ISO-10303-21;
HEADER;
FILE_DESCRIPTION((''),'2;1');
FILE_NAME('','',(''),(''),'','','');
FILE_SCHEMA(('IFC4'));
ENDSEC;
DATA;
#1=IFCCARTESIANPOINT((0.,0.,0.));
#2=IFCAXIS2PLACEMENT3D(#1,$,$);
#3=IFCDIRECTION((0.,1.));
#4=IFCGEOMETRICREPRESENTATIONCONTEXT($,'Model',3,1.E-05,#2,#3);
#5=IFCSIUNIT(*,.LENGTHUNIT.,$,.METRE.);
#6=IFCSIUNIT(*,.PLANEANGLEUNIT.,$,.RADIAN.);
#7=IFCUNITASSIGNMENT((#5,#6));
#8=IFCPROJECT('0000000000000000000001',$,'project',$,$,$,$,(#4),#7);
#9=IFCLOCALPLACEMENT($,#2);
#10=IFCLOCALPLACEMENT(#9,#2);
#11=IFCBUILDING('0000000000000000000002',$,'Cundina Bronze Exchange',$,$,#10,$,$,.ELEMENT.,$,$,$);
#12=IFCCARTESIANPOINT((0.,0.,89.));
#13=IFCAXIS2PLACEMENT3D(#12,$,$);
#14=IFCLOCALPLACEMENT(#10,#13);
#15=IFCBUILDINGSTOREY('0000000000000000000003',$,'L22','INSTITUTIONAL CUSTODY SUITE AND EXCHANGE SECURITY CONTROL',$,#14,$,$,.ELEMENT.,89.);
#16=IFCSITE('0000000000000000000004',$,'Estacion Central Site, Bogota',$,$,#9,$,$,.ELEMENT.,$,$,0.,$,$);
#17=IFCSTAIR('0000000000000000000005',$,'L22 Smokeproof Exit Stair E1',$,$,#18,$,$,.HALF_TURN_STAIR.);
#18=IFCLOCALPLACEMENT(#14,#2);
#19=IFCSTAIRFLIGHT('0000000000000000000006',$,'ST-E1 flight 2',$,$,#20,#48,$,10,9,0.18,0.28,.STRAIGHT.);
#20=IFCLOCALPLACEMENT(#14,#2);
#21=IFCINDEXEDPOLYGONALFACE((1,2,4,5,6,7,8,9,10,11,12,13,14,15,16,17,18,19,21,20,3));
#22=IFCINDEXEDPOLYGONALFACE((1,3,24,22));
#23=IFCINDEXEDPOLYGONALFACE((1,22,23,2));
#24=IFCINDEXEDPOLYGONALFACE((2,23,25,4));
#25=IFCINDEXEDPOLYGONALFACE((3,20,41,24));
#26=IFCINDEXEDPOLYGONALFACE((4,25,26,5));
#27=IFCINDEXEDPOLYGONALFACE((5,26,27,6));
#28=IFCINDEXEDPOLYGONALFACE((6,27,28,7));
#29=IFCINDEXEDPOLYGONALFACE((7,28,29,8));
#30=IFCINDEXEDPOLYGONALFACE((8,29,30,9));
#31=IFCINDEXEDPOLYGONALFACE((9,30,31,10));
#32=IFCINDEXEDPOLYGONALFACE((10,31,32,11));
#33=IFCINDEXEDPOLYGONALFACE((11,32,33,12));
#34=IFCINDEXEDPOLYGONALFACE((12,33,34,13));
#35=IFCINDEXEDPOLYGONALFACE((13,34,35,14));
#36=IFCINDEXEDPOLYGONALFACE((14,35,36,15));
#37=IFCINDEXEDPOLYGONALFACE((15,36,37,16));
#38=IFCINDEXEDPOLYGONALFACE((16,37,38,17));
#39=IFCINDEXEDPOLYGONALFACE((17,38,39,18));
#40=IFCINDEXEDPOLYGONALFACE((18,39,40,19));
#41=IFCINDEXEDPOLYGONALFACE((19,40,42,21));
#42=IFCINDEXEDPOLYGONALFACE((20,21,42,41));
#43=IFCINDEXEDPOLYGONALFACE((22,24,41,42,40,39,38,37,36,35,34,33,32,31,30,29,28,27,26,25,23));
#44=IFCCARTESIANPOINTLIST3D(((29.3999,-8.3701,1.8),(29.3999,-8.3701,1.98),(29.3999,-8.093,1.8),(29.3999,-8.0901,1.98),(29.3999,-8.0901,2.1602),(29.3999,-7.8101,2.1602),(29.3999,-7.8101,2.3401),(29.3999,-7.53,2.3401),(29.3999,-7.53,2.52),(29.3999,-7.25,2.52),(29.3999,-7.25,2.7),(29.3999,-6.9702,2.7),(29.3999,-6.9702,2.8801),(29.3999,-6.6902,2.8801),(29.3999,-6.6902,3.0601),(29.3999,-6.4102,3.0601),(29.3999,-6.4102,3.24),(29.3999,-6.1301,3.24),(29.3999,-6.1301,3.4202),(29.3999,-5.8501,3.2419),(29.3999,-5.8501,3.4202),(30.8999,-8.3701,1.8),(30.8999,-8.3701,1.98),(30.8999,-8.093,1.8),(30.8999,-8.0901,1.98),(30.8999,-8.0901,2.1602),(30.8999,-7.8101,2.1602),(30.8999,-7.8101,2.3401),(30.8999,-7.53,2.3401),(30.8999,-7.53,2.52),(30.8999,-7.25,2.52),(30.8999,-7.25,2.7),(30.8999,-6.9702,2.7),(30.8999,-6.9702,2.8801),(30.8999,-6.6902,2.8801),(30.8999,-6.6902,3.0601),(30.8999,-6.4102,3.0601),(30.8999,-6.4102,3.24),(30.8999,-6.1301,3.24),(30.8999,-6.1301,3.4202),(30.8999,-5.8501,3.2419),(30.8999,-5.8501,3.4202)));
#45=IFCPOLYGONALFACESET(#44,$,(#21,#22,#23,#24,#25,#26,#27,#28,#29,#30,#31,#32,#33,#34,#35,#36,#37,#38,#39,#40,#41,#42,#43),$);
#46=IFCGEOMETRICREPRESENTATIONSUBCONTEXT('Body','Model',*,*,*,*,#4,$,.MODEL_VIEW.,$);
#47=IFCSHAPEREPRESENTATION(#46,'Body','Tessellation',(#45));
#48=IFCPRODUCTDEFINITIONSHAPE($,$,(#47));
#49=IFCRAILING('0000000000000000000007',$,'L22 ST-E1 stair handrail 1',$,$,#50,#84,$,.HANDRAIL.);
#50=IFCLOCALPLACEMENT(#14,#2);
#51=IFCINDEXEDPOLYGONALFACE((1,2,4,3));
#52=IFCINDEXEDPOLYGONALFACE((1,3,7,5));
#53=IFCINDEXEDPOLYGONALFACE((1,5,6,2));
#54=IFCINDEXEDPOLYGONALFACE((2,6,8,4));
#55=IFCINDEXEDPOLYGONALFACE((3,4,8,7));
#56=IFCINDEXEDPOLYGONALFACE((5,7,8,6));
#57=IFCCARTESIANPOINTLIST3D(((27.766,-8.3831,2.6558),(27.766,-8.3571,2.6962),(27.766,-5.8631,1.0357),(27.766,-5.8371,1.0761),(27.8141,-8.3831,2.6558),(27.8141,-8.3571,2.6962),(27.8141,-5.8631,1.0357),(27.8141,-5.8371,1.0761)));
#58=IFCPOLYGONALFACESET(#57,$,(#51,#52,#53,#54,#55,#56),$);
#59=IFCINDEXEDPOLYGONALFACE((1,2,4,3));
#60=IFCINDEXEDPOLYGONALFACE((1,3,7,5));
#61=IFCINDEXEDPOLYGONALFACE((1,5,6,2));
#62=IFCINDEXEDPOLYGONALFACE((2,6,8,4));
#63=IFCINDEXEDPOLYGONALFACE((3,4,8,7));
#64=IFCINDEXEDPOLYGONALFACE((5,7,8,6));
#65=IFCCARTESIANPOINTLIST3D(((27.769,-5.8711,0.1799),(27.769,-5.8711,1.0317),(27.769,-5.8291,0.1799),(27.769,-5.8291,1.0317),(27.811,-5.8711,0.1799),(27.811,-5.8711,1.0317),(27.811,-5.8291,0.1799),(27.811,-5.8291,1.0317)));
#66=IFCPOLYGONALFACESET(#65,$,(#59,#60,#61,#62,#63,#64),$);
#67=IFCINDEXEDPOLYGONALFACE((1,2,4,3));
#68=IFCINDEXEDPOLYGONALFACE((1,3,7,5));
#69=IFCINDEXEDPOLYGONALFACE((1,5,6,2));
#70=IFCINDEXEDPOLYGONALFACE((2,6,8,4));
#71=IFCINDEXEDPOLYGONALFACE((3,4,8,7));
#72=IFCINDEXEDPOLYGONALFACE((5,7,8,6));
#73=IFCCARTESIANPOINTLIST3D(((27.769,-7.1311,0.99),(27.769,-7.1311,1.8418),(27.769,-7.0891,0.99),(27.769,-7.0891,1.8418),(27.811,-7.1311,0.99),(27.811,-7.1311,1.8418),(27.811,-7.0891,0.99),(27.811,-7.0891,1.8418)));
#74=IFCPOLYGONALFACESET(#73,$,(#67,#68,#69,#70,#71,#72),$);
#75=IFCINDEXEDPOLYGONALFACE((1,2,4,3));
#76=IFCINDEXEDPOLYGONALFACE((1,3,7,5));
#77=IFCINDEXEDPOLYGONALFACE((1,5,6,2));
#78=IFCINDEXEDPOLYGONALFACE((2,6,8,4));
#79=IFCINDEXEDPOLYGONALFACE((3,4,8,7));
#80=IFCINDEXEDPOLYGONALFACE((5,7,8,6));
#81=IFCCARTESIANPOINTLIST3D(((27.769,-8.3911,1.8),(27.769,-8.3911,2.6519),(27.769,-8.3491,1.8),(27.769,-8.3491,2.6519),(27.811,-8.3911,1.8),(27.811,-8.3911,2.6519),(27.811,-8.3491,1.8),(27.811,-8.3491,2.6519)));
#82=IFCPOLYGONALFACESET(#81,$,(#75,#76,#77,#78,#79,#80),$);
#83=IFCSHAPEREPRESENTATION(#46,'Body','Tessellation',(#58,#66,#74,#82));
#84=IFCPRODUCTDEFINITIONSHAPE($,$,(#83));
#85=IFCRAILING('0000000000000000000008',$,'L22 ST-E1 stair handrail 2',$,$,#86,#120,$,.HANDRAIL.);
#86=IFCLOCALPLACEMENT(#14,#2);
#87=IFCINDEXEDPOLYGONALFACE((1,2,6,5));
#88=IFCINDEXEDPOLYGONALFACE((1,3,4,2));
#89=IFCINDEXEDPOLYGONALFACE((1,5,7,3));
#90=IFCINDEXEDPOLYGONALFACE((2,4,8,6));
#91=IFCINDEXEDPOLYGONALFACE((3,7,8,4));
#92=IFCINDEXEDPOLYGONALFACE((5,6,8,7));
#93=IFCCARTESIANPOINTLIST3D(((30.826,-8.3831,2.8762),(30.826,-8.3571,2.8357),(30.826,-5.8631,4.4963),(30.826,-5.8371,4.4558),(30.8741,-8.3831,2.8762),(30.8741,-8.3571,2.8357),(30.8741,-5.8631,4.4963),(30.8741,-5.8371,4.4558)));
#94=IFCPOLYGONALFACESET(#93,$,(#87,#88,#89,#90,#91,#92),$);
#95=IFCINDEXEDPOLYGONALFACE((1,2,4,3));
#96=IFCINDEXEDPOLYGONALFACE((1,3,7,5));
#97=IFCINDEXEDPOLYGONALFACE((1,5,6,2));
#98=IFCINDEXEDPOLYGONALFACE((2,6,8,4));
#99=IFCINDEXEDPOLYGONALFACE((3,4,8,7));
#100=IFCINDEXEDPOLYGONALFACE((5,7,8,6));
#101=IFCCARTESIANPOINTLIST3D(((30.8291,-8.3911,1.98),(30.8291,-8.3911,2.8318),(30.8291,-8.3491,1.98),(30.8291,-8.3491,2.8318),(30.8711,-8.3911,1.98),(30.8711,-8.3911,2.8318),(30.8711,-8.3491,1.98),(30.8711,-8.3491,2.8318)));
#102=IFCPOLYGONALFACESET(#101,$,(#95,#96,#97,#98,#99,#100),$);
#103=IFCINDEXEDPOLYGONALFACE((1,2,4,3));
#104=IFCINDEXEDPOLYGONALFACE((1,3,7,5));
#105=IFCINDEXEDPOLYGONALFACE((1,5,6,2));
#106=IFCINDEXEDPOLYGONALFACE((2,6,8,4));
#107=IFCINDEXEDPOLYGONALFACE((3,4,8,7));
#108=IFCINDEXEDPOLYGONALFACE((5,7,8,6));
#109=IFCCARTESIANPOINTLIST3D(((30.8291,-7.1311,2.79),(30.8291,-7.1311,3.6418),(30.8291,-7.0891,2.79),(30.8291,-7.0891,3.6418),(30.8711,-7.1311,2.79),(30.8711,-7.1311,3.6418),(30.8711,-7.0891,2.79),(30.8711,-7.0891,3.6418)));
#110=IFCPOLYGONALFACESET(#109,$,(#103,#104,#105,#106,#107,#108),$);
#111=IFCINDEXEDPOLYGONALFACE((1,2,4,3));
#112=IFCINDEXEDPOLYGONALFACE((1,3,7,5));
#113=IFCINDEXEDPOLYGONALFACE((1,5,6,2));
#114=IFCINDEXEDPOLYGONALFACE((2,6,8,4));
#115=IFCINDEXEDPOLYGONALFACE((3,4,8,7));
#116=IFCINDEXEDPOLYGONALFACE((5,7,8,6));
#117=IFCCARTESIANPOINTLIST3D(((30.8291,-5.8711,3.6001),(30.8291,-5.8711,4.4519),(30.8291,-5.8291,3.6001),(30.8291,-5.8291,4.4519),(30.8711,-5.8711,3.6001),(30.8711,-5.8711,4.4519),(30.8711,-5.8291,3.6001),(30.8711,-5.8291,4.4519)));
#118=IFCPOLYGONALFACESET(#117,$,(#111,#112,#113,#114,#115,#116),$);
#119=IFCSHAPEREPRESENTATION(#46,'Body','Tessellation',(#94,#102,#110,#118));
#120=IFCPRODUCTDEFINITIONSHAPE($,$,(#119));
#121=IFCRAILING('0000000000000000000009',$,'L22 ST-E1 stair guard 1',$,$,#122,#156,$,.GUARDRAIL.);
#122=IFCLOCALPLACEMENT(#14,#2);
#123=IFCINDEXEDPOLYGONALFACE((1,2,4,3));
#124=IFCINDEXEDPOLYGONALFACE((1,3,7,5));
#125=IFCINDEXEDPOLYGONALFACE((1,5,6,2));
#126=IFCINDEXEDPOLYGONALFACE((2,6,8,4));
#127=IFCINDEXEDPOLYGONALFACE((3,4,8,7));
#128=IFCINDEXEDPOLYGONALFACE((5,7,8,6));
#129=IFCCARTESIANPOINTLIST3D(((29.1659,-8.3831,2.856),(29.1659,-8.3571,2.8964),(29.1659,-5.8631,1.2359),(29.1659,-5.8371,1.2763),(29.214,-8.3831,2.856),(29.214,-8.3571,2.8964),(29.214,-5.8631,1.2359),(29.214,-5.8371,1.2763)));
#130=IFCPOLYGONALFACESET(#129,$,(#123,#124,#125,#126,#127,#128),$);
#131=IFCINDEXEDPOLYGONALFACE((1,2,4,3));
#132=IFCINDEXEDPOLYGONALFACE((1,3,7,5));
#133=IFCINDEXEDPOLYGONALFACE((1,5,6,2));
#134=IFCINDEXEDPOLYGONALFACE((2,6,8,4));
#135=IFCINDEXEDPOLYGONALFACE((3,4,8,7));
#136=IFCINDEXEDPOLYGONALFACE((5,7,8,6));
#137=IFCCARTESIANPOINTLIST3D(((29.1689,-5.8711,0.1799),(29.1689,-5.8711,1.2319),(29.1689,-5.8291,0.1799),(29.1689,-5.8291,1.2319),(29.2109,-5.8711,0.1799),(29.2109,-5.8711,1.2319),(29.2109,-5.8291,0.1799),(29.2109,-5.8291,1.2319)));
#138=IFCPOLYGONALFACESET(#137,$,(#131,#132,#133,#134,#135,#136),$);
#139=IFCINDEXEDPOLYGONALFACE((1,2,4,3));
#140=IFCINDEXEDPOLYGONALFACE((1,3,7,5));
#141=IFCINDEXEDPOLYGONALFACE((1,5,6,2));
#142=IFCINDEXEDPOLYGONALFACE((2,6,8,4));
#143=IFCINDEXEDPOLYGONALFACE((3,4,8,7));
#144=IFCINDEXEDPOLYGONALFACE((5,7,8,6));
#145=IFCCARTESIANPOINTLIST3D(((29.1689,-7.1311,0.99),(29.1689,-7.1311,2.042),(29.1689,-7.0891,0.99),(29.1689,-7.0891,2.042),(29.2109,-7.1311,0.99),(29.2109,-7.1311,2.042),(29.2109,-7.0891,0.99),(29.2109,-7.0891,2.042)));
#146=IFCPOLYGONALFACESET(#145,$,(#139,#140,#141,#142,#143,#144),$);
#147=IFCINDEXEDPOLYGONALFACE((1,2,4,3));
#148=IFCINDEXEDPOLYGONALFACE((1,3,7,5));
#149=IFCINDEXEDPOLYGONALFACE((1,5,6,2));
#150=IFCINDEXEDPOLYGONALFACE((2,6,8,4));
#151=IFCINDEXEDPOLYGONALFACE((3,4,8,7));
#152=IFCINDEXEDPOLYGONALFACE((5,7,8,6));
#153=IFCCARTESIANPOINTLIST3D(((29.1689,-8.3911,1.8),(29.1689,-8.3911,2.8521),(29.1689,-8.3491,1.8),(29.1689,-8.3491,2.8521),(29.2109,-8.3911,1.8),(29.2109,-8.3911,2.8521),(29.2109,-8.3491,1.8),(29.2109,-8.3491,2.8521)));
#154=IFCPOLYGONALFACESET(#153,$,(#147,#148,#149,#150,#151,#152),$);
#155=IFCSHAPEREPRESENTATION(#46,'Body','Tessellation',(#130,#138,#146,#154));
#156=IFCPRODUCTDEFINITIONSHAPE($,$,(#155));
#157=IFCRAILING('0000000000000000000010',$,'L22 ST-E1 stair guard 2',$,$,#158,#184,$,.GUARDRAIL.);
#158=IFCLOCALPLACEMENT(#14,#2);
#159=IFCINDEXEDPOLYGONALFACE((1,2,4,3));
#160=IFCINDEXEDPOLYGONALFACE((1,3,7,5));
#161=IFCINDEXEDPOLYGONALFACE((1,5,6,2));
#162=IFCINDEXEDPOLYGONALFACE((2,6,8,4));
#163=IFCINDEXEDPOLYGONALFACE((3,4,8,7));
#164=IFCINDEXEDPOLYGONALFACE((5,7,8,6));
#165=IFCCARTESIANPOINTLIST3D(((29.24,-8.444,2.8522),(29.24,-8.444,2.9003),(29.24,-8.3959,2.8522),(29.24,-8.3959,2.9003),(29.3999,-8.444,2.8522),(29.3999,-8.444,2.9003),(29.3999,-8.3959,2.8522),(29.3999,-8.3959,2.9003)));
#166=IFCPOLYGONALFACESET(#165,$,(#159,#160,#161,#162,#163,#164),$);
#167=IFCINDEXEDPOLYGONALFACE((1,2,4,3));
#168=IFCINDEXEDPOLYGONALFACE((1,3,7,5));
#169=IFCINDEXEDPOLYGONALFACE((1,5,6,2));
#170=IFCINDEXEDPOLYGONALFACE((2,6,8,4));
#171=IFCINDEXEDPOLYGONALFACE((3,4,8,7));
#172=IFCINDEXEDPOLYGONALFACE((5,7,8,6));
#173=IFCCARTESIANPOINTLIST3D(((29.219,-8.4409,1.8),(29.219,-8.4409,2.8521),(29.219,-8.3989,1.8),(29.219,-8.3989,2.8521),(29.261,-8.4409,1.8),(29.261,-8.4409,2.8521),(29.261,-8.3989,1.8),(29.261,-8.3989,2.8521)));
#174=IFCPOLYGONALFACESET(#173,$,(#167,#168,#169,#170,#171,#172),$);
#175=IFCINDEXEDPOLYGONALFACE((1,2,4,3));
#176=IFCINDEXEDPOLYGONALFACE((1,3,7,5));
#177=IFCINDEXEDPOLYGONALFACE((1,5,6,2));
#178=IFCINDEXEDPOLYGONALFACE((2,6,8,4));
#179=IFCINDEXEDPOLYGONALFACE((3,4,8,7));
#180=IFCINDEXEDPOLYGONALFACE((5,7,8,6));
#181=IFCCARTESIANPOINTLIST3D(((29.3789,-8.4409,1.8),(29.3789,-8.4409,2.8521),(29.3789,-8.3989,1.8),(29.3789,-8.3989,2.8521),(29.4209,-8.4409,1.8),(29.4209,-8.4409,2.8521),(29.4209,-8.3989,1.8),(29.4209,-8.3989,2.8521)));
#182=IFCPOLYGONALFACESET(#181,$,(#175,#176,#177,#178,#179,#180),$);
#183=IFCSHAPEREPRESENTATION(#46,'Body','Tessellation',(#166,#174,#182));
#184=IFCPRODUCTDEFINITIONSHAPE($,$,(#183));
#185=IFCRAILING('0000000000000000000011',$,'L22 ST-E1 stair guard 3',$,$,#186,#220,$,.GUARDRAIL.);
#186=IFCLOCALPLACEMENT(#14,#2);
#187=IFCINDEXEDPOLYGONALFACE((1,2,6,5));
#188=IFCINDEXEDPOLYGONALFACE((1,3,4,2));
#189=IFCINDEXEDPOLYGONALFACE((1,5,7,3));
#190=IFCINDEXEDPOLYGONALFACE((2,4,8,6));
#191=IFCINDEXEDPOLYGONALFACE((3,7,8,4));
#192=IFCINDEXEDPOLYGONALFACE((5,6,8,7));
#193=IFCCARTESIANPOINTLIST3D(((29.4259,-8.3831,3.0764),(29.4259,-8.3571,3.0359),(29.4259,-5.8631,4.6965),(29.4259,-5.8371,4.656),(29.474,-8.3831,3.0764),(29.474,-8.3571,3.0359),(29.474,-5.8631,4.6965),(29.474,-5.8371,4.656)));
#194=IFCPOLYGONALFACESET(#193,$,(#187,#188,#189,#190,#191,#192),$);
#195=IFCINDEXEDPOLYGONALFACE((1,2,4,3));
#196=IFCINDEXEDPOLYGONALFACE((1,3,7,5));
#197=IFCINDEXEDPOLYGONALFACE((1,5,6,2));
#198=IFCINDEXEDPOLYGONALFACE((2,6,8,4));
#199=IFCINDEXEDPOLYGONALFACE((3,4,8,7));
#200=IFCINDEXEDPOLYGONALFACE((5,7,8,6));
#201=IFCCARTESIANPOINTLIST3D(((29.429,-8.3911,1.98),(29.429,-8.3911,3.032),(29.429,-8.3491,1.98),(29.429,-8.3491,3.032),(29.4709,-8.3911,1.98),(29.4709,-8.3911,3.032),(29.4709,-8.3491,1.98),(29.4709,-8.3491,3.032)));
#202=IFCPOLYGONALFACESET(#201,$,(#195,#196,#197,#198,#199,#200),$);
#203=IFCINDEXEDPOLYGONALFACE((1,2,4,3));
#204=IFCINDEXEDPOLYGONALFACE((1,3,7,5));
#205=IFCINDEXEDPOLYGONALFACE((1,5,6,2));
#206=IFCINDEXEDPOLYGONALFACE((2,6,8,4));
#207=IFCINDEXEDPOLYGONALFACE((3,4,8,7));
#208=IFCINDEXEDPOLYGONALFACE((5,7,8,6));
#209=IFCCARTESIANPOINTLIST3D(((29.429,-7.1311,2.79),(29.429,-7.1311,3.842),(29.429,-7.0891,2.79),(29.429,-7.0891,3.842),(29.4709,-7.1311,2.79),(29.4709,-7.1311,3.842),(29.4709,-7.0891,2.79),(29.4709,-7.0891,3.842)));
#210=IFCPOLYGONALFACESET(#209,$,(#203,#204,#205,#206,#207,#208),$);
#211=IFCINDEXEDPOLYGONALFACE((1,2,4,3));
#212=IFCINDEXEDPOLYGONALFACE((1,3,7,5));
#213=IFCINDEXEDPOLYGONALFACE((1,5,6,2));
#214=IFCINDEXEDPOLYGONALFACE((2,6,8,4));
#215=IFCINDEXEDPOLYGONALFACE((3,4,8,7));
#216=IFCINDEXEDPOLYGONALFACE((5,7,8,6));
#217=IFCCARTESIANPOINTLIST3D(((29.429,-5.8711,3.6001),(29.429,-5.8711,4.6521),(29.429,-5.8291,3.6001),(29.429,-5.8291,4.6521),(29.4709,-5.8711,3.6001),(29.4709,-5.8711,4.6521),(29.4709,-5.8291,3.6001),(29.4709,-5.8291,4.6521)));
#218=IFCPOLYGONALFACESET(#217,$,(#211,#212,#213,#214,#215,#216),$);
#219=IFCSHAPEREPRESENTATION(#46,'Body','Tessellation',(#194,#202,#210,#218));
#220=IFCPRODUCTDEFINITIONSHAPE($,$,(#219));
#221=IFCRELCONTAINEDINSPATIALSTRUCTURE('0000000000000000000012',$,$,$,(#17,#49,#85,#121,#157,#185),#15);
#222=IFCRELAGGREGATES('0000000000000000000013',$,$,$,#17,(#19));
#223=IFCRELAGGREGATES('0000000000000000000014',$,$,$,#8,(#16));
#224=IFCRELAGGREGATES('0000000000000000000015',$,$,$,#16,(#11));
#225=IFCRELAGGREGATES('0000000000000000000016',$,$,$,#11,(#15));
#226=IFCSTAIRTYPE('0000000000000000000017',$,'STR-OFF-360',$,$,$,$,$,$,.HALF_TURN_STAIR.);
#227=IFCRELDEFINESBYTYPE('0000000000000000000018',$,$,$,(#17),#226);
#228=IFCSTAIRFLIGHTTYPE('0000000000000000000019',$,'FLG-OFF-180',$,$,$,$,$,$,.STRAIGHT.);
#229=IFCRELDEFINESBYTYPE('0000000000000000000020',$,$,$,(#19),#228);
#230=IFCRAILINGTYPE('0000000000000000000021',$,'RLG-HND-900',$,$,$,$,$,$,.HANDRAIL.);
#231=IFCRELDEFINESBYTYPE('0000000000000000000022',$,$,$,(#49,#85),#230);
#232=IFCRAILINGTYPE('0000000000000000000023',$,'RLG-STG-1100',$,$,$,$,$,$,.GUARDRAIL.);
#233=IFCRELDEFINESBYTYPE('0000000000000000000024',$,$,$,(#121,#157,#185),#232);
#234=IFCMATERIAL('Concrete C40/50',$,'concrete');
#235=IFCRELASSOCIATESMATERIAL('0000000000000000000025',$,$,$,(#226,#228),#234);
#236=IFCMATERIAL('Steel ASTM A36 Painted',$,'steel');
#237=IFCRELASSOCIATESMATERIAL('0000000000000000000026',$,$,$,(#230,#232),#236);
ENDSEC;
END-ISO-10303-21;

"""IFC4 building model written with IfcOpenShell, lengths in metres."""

from ifc_helpers import new_model, si_unit, direction, frame, origin, origin_2d, place, context, subcontext, project, spatial, polyline, rectangle, outline, extrude, material, type_object, element, aggregate, save


model = new_model("IFC4")

# Units and contexts
model_context = context("Model", 3, precision=1e-05, world=origin(), true_north=direction((0.0, 1.0)))
body_context = subcontext(model_context, "Body", "Model", "MODEL_VIEW")
ifc_project = project(units=[si_unit("LENGTHUNIT", "METRE"), si_unit("PLANEANGLEUNIT", "RADIAN")], contexts=[model_context])

# Site, building, storey
site_placement = place(None, origin())
site = spatial("IfcSite", under=ifc_project, at=site_placement, Name="Estacion Central Site, Bogota", CompositionType="ELEMENT", RefElevation=0.0)
building_placement = place(site_placement, origin())
building = spatial("IfcBuilding", under=site, at=building_placement, Name="Cundina Bronze Exchange", CompositionType="ELEMENT")
storey_placement = place(building_placement, frame((0.0, 0.0, 89.0)))
storey = spatial("IfcBuildingStorey", under=building, at=storey_placement, Name="L22", Description="INSTITUTIONAL CUSTODY SUITE AND EXCHANGE SECURITY CONTROL", CompositionType="ELEMENT", Elevation=89.0)

# Stair, stair flight
ifc_material_1 = material(Name="Concrete C40/50", Category="concrete")
stair_type = type_object("IfcStairType", Name="STR-OFF-360", PredefinedType="HALF_TURN_STAIR", material=ifc_material_1)
stair_placement = place(storey_placement, origin())
stair = element("IfcStair", 1, at=stair_placement, inside=storey, type_object=stair_type, Name="L22 Smokeproof Exit Stair E1", PredefinedType="HALF_TURN_STAIR")
stair_flight_type = type_object("IfcStairFlightType", Name="FLG-OFF-180", PredefinedType="STRAIGHT", material=ifc_material_1)
stair_flight_1_placement = place(storey_placement, frame((30.1499, -8.3701, 1.8), z_axis=(0.0, 0.0, 1.0), x_axis=(0.0, 1.0, 0.0)))
stair_flight_1 = element("IfcStairFlight", 2, at=stair_flight_1_placement, type_object=stair_flight_type, Name="ST-E1 flight 2", NumberOfRisers=10, NumberOfTreads=9, PredefinedType="STRAIGHT", RiserHeight=0.18, TreadLength=0.28, context=body_context, shape_type="SweptSolid", body=[
    extrude(outline(polyline([(0.0, 0.0), (0.0, 0.1799), (0.28, 0.1799), (0.28, 0.3601), (0.5601, 0.3601), (0.5601, 0.54), (0.8401, 0.54), (0.8401, 0.72), (1.1201, 0.72), (1.1201, 0.8999), (1.3999, 0.8999), (1.3999, 1.0801), (1.6799, 1.0801), (1.6799, 1.26), (1.96, 1.26), (1.96, 1.4399), (2.24, 1.4399), (2.24, 1.6201), (2.52, 1.6201), (2.52, 1.8), (2.52, 1.4419), (0.2771, 0.0), (0.0, 0.0)])), frame((0.0, 0.75, 0.0), z_axis=(0.0, -1.0, 0.0), x_axis=(1.0, 0.0, 0.0)), (0.0, 0.0, 1.0), 1.5),
])
aggregate(stair, [stair_flight_1])

# Railings
ifc_material_2 = material(Name="Steel ASTM A36 Painted", Category="steel")
railing_type_1 = type_object("IfcRailingType", Name="RLG-HND-900", PredefinedType="HANDRAIL", material=ifc_material_2)
railing_1_placement = place(storey_placement, frame((27.79, -5.8501, 0.1799)))
element("IfcRailing", 3, at=railing_1_placement, inside=storey, type_object=railing_type_1, Name="L22 ST-E1 stair handrail 1", PredefinedType="HANDRAIL", context=body_context, shape_type="SweptSolid", body=[
    extrude(rectangle(XDim=0.0481, YDim=0.0481, at=origin_2d()), frame((0.0, 0.0, 0.876), z_axis=(0.0, -0.841163, 0.540782), x_axis=(1.0, 0.0, 0.0)), (0.0, 0.0, 1.0), 2.9958),
    extrude(rectangle(XDim=0.042, YDim=0.042, at=origin_2d()), origin(), (0.0, 0.0, 1.0), 0.8518),
    extrude(rectangle(XDim=0.042, YDim=0.042, at=origin_2d()), frame((0.0, -1.26, 0.8101)), (0.0, 0.0, 1.0), 0.8518),
    extrude(rectangle(XDim=0.042, YDim=0.042, at=origin_2d()), frame((0.0, -2.52, 1.6201)), (0.0, 0.0, 1.0), 0.8518),
])
railing_2_placement = place(storey_placement, frame((30.8501, -8.3701, 1.98)))
element("IfcRailing", 4, at=railing_2_placement, inside=storey, type_object=railing_type_1, Name="L22 ST-E1 stair handrail 2", PredefinedType="HANDRAIL", context=body_context, shape_type="SweptSolid", body=[
    extrude(rectangle(XDim=0.0481, YDim=0.0481, at=origin_2d()), frame((0.0, 0.0, 0.876), z_axis=(0.0, 0.841163, 0.540782), x_axis=(-1.0, 0.0, 0.0)), (0.0, 0.0, 1.0), 2.9958),
    extrude(rectangle(XDim=0.042, YDim=0.042, at=origin_2d()), origin(), (0.0, 0.0, 1.0), 0.8518),
    extrude(rectangle(XDim=0.042, YDim=0.042, at=origin_2d()), frame((0.0, 1.26, 0.8101)), (0.0, 0.0, 1.0), 0.8518),
    extrude(rectangle(XDim=0.042, YDim=0.042, at=origin_2d()), frame((0.0, 2.52, 1.6201)), (0.0, 0.0, 1.0), 0.8518),
])
railing_type_2 = type_object("IfcRailingType", Name="RLG-STG-1100", PredefinedType="GUARDRAIL", material=ifc_material_2)
railing_3_placement = place(storey_placement, frame((29.1899, -5.8501, 0.1799)))
element("IfcRailing", 5, at=railing_3_placement, inside=storey, type_object=railing_type_2, Name="L22 ST-E1 stair guard 1", PredefinedType="GUARDRAIL", context=body_context, shape_type="SweptSolid", body=[
    extrude(rectangle(XDim=0.0481, YDim=0.0481, at=origin_2d()), frame((0.0, 0.0, 1.0762), z_axis=(0.0, -0.841163, 0.540782), x_axis=(1.0, 0.0, 0.0)), (0.0, 0.0, 1.0), 2.9958),
    extrude(rectangle(XDim=0.042, YDim=0.042, at=origin_2d()), origin(), (0.0, 0.0, 1.0), 1.052),
    extrude(rectangle(XDim=0.042, YDim=0.042, at=origin_2d()), frame((0.0, -1.26, 0.8101)), (0.0, 0.0, 1.0), 1.052),
    extrude(rectangle(XDim=0.042, YDim=0.042, at=origin_2d()), frame((0.0, -2.52, 1.6201)), (0.0, 0.0, 1.0), 1.052),
])
railing_4_placement = place(storey_placement, frame((29.24, -8.4199, 1.8)))
element("IfcRailing", 6, at=railing_4_placement, inside=storey, type_object=railing_type_2, Name="L22 ST-E1 stair guard 2", PredefinedType="GUARDRAIL", context=body_context, shape_type="SweptSolid", body=[
    extrude(rectangle(XDim=0.0481, YDim=0.0481, at=origin_2d()), frame((0.0, 0.0, 1.0762), z_axis=(1.0, 0.0, 0.0), x_axis=(0.0, 1.0, 0.0)), (0.0, 0.0, 1.0), 0.1599),
    extrude(rectangle(XDim=0.042, YDim=0.042, at=origin_2d()), origin(), (0.0, 0.0, 1.0), 1.052),
    extrude(rectangle(XDim=0.042, YDim=0.042, at=origin_2d()), frame((0.1599, 0.0, 0.0)), (0.0, 0.0, 1.0), 1.052),
])
railing_5_placement = place(storey_placement, frame((29.45, -8.3701, 1.98)))
element("IfcRailing", 7, at=railing_5_placement, inside=storey, type_object=railing_type_2, Name="L22 ST-E1 stair guard 3", PredefinedType="GUARDRAIL", context=body_context, shape_type="SweptSolid", body=[
    extrude(rectangle(XDim=0.0481, YDim=0.0481, at=origin_2d()), frame((0.0, 0.0, 1.0762), z_axis=(0.0, 0.841163, 0.540782), x_axis=(-1.0, 0.0, 0.0)), (0.0, 0.0, 1.0), 2.9958),
    extrude(rectangle(XDim=0.042, YDim=0.042, at=origin_2d()), origin(), (0.0, 0.0, 1.0), 1.052),
    extrude(rectangle(XDim=0.042, YDim=0.042, at=origin_2d()), frame((0.0, 1.26, 0.8101)), (0.0, 0.0, 1.0), 1.052),
    extrude(rectangle(XDim=0.042, YDim=0.042, at=origin_2d()), frame((0.0, 2.52, 1.6201)), (0.0, 0.0, 1.0), 1.052),
])

save(model, "model.ifc")
